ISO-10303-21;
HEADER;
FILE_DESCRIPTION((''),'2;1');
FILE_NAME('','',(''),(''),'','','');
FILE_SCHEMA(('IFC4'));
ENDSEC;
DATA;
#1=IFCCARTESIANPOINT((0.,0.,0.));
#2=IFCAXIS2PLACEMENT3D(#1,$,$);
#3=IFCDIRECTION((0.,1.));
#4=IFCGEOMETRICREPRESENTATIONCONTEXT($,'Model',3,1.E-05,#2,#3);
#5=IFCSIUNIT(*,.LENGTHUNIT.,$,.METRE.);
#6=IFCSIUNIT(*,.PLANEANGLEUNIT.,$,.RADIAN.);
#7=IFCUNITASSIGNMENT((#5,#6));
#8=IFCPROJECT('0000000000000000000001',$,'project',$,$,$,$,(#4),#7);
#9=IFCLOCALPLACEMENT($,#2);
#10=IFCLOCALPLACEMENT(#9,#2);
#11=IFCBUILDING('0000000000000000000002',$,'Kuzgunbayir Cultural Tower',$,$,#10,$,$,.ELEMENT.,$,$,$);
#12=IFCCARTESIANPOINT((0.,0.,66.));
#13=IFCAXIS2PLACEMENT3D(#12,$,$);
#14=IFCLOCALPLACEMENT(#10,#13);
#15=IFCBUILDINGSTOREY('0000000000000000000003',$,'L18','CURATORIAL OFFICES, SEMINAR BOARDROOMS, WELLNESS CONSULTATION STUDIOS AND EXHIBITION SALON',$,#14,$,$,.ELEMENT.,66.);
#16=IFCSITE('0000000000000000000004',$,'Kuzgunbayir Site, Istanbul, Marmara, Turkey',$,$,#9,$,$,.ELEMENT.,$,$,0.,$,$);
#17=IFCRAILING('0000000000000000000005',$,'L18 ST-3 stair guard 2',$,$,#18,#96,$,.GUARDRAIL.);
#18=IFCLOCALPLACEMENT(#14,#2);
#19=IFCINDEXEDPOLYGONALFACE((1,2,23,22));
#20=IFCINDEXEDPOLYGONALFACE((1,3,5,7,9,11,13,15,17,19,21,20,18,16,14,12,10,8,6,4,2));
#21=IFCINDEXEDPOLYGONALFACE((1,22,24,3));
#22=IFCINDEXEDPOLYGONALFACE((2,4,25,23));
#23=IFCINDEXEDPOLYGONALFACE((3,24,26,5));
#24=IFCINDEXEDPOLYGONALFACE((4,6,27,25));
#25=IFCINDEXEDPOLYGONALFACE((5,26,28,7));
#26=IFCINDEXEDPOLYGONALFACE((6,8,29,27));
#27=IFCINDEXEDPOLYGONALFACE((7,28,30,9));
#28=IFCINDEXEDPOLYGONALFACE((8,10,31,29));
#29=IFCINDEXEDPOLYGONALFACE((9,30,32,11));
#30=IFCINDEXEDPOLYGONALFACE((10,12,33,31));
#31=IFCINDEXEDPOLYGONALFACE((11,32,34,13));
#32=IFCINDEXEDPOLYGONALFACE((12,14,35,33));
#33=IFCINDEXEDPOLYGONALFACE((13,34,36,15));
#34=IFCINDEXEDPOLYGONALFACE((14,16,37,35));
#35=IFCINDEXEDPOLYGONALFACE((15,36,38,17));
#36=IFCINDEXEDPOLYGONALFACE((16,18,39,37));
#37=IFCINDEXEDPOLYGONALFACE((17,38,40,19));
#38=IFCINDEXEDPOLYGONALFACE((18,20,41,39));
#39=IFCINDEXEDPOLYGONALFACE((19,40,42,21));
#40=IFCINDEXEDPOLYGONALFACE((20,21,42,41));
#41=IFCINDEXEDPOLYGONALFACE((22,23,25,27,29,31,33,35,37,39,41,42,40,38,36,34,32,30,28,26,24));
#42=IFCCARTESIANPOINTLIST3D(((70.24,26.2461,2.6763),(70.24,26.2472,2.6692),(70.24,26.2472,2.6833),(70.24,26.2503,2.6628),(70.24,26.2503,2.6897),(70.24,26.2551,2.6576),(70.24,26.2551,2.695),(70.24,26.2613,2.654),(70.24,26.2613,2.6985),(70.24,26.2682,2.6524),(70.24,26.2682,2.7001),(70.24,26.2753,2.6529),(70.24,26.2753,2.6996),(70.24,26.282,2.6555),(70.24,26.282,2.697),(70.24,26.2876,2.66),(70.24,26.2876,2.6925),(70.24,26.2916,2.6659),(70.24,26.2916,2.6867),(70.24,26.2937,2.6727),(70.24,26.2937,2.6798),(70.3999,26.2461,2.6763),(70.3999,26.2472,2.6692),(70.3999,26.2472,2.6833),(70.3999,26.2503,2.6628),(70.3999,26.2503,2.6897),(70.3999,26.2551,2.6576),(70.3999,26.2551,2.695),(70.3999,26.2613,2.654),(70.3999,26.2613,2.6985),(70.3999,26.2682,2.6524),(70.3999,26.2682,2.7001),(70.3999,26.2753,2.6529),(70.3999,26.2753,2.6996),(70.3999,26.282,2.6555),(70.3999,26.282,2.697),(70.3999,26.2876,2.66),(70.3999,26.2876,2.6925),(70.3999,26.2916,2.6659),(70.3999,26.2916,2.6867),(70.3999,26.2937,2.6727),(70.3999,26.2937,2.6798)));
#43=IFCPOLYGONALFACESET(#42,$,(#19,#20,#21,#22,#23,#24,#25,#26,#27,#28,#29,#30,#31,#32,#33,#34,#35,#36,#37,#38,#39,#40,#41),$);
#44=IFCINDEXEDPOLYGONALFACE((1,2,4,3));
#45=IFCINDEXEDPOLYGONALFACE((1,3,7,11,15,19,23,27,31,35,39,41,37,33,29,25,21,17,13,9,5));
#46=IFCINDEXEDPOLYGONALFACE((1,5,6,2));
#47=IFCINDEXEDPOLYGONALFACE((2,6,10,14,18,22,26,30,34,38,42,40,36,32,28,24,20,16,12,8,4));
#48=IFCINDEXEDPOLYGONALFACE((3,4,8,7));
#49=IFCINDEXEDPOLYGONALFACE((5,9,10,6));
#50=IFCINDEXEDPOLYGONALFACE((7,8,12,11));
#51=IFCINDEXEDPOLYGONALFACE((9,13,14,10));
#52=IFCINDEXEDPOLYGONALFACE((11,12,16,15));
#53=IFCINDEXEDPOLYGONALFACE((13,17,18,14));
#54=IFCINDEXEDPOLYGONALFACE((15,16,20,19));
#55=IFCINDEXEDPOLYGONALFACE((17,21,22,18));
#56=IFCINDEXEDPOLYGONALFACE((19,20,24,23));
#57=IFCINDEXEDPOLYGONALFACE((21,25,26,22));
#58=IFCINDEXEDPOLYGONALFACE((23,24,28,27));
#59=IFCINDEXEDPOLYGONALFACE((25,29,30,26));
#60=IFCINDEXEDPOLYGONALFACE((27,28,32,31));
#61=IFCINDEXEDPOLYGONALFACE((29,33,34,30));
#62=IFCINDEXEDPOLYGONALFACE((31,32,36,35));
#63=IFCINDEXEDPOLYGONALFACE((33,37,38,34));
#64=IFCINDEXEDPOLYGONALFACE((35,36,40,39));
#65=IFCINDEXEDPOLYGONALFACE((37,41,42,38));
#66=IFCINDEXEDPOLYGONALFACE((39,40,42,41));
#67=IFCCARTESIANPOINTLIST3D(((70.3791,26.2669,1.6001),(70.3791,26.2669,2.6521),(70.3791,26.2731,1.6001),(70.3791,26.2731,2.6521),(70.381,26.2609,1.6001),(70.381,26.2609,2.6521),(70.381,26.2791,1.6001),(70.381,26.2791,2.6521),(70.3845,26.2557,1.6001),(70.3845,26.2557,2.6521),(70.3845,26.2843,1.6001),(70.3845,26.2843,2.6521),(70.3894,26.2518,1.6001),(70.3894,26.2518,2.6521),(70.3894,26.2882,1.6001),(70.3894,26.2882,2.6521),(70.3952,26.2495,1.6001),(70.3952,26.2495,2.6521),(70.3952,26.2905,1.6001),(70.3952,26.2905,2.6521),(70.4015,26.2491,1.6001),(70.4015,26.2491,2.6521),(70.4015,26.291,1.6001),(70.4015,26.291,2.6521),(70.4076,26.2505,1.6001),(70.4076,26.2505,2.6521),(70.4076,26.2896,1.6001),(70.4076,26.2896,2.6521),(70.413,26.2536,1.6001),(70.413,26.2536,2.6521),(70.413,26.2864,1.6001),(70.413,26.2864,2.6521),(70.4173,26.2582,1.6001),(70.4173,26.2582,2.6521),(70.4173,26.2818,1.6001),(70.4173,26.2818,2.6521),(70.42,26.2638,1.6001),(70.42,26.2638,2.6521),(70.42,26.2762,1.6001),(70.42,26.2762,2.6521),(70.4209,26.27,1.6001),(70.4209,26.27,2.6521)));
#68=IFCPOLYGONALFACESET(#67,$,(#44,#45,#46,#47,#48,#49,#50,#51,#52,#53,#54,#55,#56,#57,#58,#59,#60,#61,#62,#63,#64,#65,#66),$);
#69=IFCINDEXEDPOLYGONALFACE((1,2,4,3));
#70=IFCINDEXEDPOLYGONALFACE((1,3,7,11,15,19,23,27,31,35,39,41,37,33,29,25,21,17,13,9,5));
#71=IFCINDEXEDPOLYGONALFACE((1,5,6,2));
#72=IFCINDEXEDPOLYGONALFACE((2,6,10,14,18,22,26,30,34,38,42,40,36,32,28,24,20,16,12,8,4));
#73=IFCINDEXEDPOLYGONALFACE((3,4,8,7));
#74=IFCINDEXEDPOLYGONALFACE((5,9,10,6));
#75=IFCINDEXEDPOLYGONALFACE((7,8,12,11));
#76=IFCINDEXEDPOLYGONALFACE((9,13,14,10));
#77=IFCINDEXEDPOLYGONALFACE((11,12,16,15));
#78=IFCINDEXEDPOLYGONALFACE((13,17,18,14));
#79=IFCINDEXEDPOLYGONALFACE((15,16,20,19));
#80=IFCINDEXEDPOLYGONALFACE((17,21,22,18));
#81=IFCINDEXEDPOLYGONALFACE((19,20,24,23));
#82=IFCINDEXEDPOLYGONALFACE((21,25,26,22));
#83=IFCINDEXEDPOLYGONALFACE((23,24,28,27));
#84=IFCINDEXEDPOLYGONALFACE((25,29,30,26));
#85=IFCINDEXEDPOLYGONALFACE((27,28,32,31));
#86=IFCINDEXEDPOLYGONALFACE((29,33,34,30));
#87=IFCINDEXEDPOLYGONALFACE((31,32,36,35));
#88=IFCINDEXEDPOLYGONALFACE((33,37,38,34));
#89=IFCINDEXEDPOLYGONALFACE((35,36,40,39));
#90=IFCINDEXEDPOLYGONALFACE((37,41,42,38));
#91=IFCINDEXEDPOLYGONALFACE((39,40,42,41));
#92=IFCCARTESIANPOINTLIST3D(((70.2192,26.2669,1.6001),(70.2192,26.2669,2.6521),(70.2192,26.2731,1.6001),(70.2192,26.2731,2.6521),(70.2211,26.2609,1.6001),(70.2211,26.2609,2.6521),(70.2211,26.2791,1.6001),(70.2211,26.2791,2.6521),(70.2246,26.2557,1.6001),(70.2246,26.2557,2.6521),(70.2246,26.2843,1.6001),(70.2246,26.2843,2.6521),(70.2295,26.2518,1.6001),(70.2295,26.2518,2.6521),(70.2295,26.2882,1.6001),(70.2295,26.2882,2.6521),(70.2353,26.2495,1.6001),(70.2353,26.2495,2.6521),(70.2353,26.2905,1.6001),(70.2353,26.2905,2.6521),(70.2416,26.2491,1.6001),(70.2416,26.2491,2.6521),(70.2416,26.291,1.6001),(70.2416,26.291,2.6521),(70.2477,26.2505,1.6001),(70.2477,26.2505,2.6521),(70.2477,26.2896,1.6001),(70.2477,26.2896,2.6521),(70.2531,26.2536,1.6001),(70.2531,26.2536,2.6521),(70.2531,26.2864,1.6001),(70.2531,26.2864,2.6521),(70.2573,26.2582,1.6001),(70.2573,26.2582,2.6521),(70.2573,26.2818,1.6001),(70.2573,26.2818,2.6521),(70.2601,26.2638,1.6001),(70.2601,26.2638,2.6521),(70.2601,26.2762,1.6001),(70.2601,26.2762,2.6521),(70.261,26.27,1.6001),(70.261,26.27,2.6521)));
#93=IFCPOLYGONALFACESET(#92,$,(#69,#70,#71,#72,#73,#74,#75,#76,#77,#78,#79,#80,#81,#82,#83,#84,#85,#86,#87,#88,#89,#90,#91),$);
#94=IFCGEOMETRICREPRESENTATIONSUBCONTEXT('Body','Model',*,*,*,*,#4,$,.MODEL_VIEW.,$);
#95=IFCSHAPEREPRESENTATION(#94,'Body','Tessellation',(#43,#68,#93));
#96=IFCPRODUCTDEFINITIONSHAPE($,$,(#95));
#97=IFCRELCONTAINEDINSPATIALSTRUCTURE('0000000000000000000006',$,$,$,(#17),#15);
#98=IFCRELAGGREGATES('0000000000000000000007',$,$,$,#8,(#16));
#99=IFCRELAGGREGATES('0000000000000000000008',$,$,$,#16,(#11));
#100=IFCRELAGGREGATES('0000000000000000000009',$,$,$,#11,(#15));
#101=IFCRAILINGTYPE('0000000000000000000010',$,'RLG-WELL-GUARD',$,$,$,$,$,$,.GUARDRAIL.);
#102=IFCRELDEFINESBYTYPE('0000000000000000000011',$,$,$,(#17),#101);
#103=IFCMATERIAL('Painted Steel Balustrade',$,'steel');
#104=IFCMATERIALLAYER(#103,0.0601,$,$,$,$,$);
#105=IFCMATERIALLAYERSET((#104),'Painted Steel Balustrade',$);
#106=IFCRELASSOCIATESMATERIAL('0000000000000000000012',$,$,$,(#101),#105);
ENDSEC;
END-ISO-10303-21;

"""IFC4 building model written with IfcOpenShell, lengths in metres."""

from ifc_helpers import new_model, si_unit, direction, frame, origin, origin_2d, place, context, subcontext, project, spatial, circle, extrude, material, layer, layer_set, type_object, element, save


model = new_model("IFC4")

# Units and contexts
model_context = context("Model", 3, precision=1e-05, world=origin(), true_north=direction((0.0, 1.0)))
body_context = subcontext(model_context, "Body", "Model", "MODEL_VIEW")
ifc_project = project(units=[si_unit("LENGTHUNIT", "METRE"), si_unit("PLANEANGLEUNIT", "RADIAN")], contexts=[model_context])

# Site, building, storey
site_placement = place(None, origin())
site = spatial("IfcSite", under=ifc_project, at=site_placement, Name="Kuzgunbayir Site, Istanbul, Marmara, Turkey", CompositionType="ELEMENT", RefElevation=0.0)
building_placement = place(site_placement, origin())
building = spatial("IfcBuilding", under=site, at=building_placement, Name="Kuzgunbayir Cultural Tower", CompositionType="ELEMENT")
storey_placement = place(building_placement, frame((0.0, 0.0, 66.0)))
storey = spatial("IfcBuildingStorey", under=building, at=storey_placement, Name="L18", Description="CURATORIAL OFFICES, SEMINAR BOARDROOMS, WELLNESS CONSULTATION STUDIOS AND EXHIBITION SALON", CompositionType="ELEMENT", Elevation=66.0)

# Railing
ifc_material_1 = material(Name="Painted Steel Balustrade", Category="steel")
ifc_layer_1 = layer(ifc_material_1, 0.0601)
ifc_layer_set_1 = layer_set([ifc_layer_1], Name="Painted Steel Balustrade")
railing_type_1 = type_object("IfcRailingType", Name="RLG-WELL-GUARD", PredefinedType="GUARDRAIL", material=ifc_layer_set_1)
railing_1_placement = place(storey_placement, frame((70.3999, 26.27, 1.6001)))
element("IfcRailing", 1, at=railing_1_placement, inside=storey, type_object=railing_type_1, Name="L18 ST-3 stair guard 2", PredefinedType="GUARDRAIL", context=body_context, shape_type="SweptSolid", body=[
    extrude(circle(Radius=0.0239, at=origin_2d()), frame((0.0, 0.0, 1.0762), z_axis=(-1.0, 0.0, 0.0), x_axis=(0.0, -1.0, 0.0)), (0.0, 0.0, 1.0), 0.1599),
    extrude(circle(Radius=0.021, at=origin_2d()), origin(), (0.0, 0.0, 1.0), 1.052),
    extrude(circle(Radius=0.021, at=origin_2d()), frame((-0.1599, 0.0, 0.0)), (0.0, 0.0, 1.0), 1.052),
])

save(model, "model.ifc")
